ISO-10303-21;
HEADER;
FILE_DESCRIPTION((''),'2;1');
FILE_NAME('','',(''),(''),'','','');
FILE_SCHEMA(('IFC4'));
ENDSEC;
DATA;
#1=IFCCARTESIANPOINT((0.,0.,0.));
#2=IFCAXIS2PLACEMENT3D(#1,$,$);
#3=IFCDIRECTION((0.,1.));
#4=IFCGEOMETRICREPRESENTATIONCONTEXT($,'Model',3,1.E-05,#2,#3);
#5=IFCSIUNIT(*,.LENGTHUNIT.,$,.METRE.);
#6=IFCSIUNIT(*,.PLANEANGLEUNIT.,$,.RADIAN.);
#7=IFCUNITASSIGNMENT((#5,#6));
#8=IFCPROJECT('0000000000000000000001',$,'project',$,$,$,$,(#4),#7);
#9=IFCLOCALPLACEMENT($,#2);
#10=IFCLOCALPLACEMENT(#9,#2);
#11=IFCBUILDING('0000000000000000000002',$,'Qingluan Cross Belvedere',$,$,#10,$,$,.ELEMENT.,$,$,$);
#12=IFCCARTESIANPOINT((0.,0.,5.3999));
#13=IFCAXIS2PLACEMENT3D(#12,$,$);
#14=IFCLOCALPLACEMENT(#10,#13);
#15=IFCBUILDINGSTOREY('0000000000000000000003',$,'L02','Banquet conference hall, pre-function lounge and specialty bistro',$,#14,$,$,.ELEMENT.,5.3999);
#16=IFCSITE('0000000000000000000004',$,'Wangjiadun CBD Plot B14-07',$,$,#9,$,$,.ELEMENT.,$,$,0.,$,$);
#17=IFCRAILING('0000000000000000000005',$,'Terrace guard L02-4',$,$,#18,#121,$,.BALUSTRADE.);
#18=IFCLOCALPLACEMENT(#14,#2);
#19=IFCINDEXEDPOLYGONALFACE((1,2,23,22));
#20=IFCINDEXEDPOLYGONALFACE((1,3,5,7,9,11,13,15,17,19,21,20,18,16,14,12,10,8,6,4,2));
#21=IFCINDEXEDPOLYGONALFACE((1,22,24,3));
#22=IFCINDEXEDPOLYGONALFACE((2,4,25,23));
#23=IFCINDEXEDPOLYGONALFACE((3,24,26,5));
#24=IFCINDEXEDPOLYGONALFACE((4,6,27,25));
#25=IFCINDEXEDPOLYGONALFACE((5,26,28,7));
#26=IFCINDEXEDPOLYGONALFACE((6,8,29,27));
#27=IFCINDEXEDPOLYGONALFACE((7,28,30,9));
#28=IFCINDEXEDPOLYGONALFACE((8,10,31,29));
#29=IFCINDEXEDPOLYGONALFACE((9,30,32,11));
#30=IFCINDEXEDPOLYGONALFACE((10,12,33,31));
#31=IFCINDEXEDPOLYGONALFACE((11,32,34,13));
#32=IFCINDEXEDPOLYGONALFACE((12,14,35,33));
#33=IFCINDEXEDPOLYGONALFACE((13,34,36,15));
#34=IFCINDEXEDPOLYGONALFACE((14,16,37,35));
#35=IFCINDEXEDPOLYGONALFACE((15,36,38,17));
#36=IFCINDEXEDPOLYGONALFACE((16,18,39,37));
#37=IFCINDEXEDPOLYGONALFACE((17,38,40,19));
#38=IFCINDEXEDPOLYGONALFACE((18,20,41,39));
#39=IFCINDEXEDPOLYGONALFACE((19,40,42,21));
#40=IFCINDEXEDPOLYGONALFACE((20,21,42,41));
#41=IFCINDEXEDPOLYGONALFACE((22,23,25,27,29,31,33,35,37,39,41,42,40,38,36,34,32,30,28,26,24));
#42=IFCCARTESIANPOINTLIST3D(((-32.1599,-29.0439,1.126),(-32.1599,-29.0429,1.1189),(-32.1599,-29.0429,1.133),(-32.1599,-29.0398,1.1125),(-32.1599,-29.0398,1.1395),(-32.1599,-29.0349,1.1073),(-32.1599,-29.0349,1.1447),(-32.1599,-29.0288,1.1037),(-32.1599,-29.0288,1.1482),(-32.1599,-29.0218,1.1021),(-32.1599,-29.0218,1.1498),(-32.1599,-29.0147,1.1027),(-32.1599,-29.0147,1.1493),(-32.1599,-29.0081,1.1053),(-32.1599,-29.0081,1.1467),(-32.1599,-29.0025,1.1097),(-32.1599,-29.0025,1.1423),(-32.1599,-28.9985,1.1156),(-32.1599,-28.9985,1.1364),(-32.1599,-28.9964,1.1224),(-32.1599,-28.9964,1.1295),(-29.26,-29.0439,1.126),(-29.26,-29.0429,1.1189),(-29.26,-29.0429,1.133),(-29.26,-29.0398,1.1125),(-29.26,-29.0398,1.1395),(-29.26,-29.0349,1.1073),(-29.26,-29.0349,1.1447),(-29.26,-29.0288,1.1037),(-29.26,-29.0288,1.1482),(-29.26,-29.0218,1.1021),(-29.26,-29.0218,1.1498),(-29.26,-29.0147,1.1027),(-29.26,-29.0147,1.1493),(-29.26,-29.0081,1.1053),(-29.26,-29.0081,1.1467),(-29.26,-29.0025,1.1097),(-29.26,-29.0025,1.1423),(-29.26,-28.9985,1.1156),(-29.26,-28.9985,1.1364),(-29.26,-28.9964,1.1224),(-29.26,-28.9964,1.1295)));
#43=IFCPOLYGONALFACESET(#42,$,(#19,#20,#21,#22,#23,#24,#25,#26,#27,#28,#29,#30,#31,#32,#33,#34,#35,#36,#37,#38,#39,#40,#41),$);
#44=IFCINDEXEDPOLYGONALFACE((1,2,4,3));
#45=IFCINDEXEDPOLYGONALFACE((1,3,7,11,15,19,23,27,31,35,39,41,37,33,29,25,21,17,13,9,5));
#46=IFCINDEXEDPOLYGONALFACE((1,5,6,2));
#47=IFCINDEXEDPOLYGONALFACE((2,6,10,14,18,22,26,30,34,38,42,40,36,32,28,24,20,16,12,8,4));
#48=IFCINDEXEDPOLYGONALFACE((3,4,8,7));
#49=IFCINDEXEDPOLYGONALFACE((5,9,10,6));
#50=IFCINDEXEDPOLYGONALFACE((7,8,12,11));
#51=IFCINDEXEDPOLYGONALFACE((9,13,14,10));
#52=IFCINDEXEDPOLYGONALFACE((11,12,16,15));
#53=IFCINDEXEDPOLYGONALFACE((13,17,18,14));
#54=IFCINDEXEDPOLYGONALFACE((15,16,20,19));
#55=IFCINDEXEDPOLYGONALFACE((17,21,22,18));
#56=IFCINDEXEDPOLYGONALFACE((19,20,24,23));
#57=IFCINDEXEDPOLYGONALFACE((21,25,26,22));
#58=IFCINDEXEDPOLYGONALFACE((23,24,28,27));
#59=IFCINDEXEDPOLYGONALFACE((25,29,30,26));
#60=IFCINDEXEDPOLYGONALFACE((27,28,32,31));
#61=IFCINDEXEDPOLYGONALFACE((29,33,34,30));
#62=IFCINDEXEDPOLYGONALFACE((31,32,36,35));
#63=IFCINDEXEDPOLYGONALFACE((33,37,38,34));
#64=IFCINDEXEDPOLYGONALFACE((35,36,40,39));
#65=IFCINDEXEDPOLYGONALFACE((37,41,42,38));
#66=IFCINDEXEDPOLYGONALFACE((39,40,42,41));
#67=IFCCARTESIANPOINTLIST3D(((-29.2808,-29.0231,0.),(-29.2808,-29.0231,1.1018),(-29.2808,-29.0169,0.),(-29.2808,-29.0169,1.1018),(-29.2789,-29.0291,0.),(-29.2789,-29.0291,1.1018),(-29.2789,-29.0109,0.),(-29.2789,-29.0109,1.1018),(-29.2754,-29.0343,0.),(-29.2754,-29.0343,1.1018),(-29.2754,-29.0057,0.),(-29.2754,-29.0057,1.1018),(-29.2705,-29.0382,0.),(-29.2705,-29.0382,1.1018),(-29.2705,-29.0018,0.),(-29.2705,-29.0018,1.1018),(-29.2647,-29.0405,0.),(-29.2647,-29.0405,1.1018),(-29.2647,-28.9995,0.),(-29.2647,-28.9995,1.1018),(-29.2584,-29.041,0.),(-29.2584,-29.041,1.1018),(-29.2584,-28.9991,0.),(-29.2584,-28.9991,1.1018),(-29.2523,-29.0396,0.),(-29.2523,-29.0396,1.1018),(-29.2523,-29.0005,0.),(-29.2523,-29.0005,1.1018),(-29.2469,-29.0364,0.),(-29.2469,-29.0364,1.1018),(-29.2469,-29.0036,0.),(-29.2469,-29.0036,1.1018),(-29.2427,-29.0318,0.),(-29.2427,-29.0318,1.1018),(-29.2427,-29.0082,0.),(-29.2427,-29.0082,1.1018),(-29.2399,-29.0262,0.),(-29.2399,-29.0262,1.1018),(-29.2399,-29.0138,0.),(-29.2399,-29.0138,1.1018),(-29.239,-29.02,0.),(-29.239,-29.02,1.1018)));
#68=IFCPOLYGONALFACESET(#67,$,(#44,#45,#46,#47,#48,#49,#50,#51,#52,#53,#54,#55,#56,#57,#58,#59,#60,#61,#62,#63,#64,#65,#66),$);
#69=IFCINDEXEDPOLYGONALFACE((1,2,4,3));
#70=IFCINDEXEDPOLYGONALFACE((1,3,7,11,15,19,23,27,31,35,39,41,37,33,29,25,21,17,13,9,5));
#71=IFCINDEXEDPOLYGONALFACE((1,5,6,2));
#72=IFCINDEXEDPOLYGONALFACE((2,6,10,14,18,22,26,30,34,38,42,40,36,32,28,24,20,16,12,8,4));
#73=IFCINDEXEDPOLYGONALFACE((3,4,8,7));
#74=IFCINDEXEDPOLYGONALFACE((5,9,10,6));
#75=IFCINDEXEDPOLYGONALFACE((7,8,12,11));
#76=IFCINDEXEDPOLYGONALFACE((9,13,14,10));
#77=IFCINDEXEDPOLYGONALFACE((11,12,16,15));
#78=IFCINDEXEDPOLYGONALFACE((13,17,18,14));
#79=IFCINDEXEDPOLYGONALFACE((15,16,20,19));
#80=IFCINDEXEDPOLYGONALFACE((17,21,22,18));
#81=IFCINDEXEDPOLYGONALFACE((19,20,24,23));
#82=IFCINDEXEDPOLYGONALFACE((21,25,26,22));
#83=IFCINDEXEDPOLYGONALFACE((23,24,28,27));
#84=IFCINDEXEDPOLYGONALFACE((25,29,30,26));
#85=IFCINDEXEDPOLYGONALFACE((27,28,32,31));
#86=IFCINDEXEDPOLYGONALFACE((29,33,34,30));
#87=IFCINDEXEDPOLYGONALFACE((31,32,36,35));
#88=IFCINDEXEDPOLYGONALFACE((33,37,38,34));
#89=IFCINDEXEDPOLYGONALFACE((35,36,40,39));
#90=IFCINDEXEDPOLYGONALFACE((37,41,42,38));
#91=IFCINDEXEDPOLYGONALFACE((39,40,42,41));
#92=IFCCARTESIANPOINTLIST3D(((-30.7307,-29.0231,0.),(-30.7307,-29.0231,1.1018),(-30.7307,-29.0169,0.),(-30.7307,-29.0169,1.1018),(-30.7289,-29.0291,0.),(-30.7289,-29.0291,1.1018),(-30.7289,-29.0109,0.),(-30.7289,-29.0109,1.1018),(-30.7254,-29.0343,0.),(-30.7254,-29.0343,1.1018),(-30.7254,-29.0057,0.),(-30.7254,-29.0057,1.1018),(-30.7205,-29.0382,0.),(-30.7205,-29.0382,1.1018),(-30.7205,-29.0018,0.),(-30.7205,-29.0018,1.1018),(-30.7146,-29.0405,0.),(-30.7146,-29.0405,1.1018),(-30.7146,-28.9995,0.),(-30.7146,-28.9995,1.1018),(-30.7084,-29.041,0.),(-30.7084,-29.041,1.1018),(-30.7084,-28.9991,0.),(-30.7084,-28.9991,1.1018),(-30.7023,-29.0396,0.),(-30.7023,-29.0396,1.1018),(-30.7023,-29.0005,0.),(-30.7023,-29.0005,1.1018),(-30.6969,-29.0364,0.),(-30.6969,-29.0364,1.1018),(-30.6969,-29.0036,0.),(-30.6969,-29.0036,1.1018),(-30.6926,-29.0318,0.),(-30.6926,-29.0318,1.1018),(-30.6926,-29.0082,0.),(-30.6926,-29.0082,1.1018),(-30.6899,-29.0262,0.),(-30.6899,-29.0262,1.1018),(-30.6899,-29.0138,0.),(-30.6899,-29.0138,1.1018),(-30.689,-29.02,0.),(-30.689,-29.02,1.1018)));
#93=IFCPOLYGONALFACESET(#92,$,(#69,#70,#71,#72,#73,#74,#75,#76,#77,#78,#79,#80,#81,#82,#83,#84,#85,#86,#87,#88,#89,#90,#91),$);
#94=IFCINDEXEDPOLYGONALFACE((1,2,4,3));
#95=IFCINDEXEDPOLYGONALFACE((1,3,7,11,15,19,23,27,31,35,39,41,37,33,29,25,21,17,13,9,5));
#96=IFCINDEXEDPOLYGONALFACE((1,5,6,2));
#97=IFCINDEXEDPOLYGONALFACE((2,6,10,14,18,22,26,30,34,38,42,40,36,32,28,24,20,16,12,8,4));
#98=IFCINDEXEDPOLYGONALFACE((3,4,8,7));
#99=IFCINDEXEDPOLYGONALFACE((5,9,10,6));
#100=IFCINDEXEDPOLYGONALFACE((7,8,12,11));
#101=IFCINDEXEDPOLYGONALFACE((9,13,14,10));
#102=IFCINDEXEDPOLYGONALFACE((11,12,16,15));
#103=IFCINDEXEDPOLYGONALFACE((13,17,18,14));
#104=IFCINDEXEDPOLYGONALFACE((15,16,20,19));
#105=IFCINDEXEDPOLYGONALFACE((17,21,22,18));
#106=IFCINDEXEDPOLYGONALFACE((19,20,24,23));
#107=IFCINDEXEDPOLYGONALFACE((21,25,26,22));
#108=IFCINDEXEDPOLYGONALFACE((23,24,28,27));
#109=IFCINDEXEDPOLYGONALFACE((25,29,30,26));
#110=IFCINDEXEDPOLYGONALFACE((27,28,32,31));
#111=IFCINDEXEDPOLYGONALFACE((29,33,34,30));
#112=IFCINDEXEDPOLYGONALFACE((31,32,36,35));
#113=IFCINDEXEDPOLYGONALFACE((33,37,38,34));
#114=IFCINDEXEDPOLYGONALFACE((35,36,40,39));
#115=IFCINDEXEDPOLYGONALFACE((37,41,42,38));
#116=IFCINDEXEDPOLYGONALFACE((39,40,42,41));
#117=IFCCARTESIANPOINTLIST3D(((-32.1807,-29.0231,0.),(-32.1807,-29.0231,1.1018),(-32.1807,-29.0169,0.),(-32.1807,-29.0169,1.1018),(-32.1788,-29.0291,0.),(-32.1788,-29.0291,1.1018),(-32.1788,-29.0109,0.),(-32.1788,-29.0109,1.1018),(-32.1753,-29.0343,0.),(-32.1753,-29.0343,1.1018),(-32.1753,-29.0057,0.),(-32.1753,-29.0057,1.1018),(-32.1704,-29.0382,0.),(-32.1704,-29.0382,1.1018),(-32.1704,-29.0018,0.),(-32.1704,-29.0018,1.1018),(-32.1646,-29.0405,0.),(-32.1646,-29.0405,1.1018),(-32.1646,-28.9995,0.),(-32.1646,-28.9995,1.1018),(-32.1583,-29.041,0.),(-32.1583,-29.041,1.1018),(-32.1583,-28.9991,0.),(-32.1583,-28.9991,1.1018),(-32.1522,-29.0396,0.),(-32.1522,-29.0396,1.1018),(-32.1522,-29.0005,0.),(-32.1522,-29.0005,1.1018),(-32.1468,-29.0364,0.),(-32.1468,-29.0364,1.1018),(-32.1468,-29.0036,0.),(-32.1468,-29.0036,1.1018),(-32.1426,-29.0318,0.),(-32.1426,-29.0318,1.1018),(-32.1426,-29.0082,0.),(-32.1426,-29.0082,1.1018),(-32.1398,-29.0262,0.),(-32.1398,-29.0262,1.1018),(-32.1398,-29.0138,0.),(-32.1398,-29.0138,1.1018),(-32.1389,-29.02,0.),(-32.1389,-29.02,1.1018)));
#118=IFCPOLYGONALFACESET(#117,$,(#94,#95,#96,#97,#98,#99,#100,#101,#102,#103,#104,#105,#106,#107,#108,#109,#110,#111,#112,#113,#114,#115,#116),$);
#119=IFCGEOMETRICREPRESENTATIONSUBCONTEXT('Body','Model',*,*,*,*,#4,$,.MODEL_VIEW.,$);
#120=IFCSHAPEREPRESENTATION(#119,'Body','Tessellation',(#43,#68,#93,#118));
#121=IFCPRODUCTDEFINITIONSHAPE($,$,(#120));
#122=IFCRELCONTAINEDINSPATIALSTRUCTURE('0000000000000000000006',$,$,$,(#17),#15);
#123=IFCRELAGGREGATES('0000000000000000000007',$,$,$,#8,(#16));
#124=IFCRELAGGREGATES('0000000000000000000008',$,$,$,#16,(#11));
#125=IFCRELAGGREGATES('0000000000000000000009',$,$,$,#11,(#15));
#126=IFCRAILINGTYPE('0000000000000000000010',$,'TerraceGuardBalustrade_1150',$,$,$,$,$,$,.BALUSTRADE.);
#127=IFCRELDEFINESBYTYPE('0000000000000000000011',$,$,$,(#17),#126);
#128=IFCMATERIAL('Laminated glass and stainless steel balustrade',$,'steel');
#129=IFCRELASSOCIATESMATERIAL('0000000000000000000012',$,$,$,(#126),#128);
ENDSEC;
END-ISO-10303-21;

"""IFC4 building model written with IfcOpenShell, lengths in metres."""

from ifc_helpers import new_model, si_unit, direction, frame, origin, origin_2d, place, context, subcontext, project, spatial, circle, extrude, material, type_object, element, save


model = new_model("IFC4")

# Units and contexts
model_context = context("Model", 3, precision=1e-05, world=origin(), true_north=direction((0.0, 1.0)))
body_context = subcontext(model_context, "Body", "Model", "MODEL_VIEW")
ifc_project = project(units=[si_unit("LENGTHUNIT", "METRE"), si_unit("PLANEANGLEUNIT", "RADIAN")], contexts=[model_context])

# Site, building, storey
site_placement = place(None, origin())
site = spatial("IfcSite", under=ifc_project, at=site_placement, Name="Wangjiadun CBD Plot B14-07", CompositionType="ELEMENT", RefElevation=0.0)
building_placement = place(site_placement, origin())
building = spatial("IfcBuilding", under=site, at=building_placement, Name="Qingluan Cross Belvedere", CompositionType="ELEMENT")
storey_placement = place(building_placement, frame((0.0, 0.0, 5.3999)))
storey = spatial("IfcBuildingStorey", under=building, at=storey_placement, Name="L02", Description="Banquet conference hall, pre-function lounge and specialty bistro", CompositionType="ELEMENT", Elevation=5.3999)

# Railing
ifc_material_1 = material(Name="Laminated glass and stainless steel balustrade", Category="steel")
railing_type = type_object("IfcRailingType", Name="TerraceGuardBalustrade_1150", PredefinedType="BALUSTRADE", material=ifc_material_1)
railing_1_placement = place(storey_placement, frame((-29.26, -29.02, 0.0)))
element("IfcRailing", 1, at=railing_1_placement, inside=storey, type_object=railing_type, Name="Terrace guard L02-4", PredefinedType="BALUSTRADE", context=body_context, shape_type="SweptSolid", body=[
    extrude(circle(Radius=0.0239, at=origin_2d()), frame((0.0, 0.0, 1.126), z_axis=(-1.0, 0.0, 0.0), x_axis=(0.0, -1.0, 0.0)), (0.0, 0.0, 1.0), 2.8999),
    extrude(circle(Radius=0.021, at=origin_2d()), origin(), (0.0, 0.0, 1.0), 1.1018),
    extrude(circle(Radius=0.021, at=origin_2d()), frame((-1.45, 0.0, 0.0)), (0.0, 0.0, 1.0), 1.1018),
    extrude(circle(Radius=0.021, at=origin_2d()), frame((-2.8999, 0.0, 0.0)), (0.0, 0.0, 1.0), 1.1018),
])

save(model, "model.ifc")
